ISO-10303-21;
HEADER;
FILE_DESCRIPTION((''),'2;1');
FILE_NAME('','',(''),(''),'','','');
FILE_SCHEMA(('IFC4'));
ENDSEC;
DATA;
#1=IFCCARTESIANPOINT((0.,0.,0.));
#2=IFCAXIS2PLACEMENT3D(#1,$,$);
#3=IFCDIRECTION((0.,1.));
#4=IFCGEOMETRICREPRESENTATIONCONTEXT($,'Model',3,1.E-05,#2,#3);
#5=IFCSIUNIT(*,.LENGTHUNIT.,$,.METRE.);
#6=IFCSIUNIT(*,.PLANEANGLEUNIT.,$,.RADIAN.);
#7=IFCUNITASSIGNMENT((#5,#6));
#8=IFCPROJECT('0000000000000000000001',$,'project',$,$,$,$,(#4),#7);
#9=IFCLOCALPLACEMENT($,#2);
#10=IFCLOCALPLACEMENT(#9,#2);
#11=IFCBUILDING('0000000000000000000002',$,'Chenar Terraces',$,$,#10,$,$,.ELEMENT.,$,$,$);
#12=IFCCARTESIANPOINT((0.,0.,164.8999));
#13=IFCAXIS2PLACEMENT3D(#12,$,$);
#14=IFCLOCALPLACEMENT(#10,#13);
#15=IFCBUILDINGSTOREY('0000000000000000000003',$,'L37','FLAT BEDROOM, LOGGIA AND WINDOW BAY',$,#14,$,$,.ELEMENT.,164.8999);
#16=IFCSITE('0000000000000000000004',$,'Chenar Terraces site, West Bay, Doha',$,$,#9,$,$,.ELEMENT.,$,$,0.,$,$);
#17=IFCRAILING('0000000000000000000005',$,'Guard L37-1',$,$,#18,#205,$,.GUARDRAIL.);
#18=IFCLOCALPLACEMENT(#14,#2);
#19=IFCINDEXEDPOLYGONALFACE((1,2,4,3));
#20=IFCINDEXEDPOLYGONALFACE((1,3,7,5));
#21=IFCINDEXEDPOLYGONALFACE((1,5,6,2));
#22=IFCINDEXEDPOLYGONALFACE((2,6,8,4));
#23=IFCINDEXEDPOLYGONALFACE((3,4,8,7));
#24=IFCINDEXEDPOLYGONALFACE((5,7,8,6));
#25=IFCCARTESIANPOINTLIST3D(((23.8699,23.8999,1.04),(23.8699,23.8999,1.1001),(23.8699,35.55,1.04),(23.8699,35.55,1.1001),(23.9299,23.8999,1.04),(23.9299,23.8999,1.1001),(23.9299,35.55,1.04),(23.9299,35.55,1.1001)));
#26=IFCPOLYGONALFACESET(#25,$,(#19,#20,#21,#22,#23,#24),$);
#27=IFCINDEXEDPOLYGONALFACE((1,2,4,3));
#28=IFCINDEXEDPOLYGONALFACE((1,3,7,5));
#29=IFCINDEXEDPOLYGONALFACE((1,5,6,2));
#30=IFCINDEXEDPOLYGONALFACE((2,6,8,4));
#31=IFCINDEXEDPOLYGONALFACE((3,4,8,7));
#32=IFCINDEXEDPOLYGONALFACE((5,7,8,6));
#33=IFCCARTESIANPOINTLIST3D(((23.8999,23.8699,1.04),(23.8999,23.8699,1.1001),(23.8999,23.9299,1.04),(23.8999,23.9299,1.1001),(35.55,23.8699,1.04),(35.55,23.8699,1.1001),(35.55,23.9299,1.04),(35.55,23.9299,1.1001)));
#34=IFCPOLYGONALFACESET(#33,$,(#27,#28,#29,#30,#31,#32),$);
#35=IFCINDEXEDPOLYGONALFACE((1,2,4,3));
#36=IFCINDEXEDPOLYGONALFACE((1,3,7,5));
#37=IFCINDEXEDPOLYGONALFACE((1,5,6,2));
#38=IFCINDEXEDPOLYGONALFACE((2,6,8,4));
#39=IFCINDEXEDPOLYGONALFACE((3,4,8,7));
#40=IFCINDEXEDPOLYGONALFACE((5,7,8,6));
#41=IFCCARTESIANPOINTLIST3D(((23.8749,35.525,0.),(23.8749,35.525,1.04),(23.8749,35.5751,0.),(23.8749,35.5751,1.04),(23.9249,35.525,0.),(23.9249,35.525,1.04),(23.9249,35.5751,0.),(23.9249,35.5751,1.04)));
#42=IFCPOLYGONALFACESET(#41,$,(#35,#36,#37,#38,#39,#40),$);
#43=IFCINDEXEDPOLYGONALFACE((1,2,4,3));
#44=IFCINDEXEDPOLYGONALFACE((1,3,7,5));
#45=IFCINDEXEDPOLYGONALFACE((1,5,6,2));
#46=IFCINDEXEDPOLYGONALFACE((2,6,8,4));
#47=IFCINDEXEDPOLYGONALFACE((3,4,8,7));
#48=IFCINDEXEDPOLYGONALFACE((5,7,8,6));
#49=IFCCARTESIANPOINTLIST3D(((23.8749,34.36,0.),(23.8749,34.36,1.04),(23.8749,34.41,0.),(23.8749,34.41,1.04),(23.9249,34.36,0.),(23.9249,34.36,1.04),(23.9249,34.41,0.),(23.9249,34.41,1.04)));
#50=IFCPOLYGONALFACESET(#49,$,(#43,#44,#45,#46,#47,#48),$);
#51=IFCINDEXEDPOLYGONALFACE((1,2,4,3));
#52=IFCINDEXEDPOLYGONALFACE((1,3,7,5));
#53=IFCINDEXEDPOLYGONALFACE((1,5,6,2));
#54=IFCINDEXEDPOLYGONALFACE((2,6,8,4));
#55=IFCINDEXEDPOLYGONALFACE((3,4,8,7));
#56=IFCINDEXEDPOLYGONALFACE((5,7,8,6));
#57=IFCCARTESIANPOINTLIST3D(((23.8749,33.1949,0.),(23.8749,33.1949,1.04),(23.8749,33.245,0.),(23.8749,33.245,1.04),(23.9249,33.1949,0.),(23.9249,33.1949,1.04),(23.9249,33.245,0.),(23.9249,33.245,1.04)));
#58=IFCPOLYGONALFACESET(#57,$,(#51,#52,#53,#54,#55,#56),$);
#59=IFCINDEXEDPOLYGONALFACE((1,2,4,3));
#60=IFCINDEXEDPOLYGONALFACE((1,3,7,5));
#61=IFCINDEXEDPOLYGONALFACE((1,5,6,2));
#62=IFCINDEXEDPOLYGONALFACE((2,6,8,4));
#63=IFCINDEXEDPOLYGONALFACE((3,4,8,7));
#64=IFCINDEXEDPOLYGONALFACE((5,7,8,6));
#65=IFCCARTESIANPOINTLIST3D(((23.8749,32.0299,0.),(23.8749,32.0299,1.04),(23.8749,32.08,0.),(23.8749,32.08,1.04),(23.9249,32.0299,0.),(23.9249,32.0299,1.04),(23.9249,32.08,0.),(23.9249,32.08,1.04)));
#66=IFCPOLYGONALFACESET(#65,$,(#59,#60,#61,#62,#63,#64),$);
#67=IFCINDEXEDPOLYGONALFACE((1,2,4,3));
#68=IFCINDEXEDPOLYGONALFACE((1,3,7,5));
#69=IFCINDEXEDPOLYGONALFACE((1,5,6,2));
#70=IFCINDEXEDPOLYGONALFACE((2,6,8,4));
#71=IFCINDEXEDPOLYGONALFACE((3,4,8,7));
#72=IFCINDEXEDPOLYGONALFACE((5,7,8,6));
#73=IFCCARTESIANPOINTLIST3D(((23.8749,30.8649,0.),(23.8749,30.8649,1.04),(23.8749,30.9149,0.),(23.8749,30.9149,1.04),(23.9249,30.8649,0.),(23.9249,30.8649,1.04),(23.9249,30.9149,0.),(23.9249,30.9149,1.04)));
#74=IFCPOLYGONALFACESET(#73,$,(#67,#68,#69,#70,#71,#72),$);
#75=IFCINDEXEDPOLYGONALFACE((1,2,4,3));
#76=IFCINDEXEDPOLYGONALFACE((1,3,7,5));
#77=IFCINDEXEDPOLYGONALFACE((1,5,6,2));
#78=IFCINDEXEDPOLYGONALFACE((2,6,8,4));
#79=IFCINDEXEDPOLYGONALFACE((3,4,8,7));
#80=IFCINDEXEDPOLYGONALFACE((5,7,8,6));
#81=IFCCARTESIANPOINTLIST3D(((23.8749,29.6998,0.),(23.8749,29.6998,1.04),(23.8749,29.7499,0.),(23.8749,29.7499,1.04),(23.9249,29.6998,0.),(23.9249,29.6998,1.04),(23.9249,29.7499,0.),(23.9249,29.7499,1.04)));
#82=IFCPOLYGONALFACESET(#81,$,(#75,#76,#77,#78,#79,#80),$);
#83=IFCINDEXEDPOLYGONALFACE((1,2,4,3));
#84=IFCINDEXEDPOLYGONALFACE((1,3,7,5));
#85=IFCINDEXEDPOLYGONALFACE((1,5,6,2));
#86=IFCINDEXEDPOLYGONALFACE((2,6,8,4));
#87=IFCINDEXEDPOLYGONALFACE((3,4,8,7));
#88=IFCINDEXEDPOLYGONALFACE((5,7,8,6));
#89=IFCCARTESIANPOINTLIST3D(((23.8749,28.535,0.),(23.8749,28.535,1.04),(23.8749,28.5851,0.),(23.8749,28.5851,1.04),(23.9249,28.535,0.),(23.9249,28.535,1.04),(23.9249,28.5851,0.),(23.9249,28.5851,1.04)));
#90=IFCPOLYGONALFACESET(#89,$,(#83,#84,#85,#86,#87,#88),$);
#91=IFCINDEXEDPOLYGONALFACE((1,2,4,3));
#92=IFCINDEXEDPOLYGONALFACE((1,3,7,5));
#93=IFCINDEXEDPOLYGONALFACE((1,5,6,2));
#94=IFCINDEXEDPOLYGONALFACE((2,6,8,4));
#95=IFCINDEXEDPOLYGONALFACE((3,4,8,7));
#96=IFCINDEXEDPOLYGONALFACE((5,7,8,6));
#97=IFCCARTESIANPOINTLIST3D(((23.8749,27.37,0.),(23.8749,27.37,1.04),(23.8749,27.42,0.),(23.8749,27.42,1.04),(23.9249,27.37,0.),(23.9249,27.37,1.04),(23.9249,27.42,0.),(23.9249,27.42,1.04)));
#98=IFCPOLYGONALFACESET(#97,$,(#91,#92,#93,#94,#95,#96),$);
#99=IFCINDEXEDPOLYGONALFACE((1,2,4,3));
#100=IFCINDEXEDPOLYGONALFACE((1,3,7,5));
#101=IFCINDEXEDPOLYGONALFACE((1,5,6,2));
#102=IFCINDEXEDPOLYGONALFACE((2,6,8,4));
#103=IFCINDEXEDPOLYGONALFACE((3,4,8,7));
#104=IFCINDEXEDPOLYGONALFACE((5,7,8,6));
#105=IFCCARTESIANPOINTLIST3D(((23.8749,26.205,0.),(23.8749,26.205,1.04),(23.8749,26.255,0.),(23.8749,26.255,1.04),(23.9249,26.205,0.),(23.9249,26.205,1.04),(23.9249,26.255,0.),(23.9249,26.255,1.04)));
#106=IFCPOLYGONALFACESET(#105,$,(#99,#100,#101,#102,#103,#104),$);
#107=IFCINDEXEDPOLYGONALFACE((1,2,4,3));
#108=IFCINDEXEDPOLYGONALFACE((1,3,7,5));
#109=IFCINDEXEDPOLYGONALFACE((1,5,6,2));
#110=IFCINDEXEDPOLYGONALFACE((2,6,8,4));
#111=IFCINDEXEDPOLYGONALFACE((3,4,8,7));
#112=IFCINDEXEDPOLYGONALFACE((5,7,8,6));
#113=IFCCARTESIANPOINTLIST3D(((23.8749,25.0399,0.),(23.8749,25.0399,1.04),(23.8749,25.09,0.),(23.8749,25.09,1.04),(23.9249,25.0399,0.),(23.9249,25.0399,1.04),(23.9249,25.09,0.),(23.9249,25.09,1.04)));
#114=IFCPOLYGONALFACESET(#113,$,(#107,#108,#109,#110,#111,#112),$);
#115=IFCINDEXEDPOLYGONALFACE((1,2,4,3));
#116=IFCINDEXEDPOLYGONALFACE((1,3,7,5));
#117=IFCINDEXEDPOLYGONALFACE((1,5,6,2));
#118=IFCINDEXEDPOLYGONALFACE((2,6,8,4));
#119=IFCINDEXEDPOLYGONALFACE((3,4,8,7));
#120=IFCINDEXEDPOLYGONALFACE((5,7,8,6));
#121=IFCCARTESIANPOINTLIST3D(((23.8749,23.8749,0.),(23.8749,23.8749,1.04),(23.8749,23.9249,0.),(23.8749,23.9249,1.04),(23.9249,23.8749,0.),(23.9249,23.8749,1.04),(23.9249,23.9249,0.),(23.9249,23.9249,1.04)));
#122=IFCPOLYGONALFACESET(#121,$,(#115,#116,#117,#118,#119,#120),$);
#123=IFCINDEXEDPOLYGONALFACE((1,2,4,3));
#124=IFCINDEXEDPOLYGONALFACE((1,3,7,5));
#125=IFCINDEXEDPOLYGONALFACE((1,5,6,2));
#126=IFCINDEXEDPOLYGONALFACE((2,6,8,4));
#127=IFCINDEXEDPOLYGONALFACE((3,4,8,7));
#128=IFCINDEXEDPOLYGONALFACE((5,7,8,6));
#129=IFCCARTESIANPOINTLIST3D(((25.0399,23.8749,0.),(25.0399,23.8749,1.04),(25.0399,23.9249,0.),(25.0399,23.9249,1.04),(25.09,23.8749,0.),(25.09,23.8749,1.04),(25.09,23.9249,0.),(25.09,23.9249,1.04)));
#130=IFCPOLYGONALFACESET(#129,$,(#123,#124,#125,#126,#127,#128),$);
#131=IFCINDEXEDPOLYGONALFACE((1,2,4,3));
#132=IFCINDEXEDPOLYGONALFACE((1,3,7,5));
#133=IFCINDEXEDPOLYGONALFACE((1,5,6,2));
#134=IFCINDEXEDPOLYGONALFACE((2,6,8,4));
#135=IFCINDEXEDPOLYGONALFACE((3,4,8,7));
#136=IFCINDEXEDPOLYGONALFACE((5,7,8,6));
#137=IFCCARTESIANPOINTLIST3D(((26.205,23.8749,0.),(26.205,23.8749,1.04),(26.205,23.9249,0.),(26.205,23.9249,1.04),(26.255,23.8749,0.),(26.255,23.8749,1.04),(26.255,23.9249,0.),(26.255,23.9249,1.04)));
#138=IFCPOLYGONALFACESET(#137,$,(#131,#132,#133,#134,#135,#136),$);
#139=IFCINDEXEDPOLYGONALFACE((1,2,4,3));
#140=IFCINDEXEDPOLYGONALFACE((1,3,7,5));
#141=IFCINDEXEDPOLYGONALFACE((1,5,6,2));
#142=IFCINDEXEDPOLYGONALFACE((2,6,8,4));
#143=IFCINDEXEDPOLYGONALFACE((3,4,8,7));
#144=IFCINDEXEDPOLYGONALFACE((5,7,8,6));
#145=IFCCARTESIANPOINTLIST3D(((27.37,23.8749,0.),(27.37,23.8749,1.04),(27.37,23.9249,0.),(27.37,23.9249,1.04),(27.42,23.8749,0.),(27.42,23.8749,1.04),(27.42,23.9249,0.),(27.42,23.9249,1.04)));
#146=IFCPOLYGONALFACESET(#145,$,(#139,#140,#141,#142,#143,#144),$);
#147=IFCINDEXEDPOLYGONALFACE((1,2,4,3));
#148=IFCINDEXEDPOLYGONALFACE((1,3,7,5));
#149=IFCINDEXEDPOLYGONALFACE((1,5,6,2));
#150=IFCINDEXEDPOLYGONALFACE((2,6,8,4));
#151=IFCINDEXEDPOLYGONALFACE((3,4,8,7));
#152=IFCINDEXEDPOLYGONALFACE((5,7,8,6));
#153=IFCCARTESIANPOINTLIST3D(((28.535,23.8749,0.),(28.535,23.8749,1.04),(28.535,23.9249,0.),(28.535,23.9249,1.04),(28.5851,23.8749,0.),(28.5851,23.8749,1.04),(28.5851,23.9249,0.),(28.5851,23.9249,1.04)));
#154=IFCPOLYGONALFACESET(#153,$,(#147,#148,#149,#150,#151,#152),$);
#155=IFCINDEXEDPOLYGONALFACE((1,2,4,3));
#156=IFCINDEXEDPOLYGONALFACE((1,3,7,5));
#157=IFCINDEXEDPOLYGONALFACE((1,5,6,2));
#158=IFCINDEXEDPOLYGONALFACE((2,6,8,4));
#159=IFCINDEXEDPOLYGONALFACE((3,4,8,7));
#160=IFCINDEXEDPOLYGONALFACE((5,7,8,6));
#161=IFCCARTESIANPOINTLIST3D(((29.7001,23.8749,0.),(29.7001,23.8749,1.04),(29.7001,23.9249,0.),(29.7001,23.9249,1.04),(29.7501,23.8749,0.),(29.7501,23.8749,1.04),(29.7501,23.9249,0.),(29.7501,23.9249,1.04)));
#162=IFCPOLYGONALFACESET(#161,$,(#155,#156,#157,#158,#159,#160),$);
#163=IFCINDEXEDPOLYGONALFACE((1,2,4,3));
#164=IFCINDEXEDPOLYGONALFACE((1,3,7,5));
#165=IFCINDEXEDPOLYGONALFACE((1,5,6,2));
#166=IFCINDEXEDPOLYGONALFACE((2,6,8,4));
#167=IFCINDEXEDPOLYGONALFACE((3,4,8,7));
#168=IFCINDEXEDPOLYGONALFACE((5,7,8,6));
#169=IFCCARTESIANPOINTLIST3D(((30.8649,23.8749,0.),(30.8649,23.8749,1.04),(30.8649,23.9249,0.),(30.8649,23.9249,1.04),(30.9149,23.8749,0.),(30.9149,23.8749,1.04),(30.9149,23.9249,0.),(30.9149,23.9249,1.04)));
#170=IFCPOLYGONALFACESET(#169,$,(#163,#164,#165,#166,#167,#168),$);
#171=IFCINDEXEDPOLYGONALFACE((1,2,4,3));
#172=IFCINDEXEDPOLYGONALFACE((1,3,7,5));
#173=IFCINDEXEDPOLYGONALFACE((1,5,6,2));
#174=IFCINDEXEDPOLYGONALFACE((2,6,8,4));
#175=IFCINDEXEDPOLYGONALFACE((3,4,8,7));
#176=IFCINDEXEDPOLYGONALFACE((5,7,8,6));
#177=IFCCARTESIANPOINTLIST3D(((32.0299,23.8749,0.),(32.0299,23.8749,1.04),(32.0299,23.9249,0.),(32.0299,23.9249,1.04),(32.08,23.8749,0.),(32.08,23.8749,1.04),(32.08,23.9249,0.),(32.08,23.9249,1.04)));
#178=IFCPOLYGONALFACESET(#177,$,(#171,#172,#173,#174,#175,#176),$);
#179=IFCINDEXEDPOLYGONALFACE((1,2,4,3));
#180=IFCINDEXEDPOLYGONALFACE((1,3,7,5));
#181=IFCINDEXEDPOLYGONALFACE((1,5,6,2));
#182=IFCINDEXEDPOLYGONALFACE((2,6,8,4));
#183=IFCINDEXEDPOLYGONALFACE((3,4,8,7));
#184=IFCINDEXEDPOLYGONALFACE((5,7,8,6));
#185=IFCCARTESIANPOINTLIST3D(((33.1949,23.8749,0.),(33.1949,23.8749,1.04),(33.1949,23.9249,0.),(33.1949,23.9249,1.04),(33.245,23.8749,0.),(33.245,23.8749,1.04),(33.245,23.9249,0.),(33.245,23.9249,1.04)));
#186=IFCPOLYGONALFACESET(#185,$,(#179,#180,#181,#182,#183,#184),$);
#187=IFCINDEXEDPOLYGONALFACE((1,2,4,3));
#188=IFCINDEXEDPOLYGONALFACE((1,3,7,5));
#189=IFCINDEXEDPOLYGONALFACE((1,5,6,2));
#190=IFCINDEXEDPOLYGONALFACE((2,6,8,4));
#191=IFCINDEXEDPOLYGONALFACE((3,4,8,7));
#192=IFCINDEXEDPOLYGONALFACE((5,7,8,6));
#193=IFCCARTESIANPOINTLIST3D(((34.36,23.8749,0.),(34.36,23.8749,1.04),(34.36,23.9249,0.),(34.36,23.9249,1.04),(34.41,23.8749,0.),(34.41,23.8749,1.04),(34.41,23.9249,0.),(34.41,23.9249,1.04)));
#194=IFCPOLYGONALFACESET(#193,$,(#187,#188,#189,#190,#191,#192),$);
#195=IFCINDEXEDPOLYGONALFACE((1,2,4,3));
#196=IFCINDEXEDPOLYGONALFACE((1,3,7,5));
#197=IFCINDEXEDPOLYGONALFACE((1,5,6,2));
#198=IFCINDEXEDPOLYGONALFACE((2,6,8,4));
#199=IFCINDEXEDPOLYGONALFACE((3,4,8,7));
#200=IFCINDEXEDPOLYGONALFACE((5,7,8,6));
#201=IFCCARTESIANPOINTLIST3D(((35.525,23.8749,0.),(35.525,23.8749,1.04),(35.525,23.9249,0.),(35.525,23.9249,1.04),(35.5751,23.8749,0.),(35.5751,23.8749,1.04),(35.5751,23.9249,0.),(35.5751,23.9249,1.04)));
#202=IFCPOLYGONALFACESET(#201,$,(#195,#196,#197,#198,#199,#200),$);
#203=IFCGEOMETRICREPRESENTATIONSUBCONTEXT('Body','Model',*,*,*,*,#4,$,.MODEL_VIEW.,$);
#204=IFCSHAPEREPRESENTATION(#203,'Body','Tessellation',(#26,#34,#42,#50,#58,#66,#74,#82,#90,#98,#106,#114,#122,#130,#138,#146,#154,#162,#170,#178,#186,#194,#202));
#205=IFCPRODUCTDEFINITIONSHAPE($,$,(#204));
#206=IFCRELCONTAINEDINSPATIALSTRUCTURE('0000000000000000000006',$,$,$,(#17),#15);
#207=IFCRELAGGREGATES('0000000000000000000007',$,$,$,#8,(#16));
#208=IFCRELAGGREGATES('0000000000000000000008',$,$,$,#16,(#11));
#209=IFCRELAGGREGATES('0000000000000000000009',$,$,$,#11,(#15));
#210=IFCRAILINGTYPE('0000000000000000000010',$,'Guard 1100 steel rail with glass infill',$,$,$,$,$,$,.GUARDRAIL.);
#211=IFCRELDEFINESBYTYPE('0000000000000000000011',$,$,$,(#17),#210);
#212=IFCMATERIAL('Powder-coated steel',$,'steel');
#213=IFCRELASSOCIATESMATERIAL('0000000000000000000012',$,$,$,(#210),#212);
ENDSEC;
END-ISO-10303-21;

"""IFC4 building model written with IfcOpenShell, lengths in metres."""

from ifc_helpers import new_model, si_unit, direction, frame, origin, origin_2d, place, context, subcontext, project, spatial, rectangle, extrude, material, type_object, element, save


model = new_model("IFC4")

# Units and contexts
model_context = context("Model", 3, precision=1e-05, world=origin(), true_north=direction((0.0, 1.0)))
body_context = subcontext(model_context, "Body", "Model", "MODEL_VIEW")
ifc_project = project(units=[si_unit("LENGTHUNIT", "METRE"), si_unit("PLANEANGLEUNIT", "RADIAN")], contexts=[model_context])

# Site, building, storey
site_placement = place(None, origin())
site = spatial("IfcSite", under=ifc_project, at=site_placement, Name="Chenar Terraces site, West Bay, Doha", CompositionType="ELEMENT", RefElevation=0.0)
building_placement = place(site_placement, origin())
building = spatial("IfcBuilding", under=site, at=building_placement, Name="Chenar Terraces", CompositionType="ELEMENT")
storey_placement = place(building_placement, frame((0.0, 0.0, 164.8999)))
storey = spatial("IfcBuildingStorey", under=building, at=storey_placement, Name="L37", Description="FLAT BEDROOM, LOGGIA AND WINDOW BAY", CompositionType="ELEMENT", Elevation=164.8999)

# Railing
ifc_material_1 = material(Name="Powder-coated steel", Category="steel")
railing_type = type_object("IfcRailingType", Name="Guard 1100 steel rail with glass infill", PredefinedType="GUARDRAIL", material=ifc_material_1)
railing_placement = place(storey_placement, frame((23.8999, 35.55, 0.0)))
element("IfcRailing", 1, at=railing_placement, inside=storey, type_object=railing_type, Name="Guard L37-1", PredefinedType="GUARDRAIL", context=body_context, shape_type="SweptSolid", body=[
    extrude(rectangle(XDim=0.0601, YDim=0.0601, at=origin_2d()), frame((0.0, 0.0, 1.0701), z_axis=(0.0, -1.0, 0.0), x_axis=(1.0, 0.0, 0.0)), (0.0, 0.0, 1.0), 11.6501),
    extrude(rectangle(XDim=0.0601, YDim=0.0601, at=origin_2d()), frame((0.0, -11.6501, 1.0701), z_axis=(1.0, 0.0, 0.0), x_axis=(0.0, 1.0, 0.0)), (0.0, 0.0, 1.0), 11.6501),
    extrude(rectangle(XDim=0.05, YDim=0.05, at=origin_2d()), origin(), (0.0, 0.0, 1.0), 1.04),
    extrude(rectangle(XDim=0.05, YDim=0.05, at=origin_2d()), frame((0.0, -1.165, 0.0)), (0.0, 0.0, 1.0), 1.04),
    extrude(rectangle(XDim=0.05, YDim=0.05, at=origin_2d()), frame((0.0, -2.3301, 0.0)), (0.0, 0.0, 1.0), 1.04),
    extrude(rectangle(XDim=0.05, YDim=0.05, at=origin_2d()), frame((0.0, -3.4951, 0.0)), (0.0, 0.0, 1.0), 1.04),
    extrude(rectangle(XDim=0.05, YDim=0.05, at=origin_2d()), frame((0.0, -4.6602, 0.0)), (0.0, 0.0, 1.0), 1.04),
    extrude(rectangle(XDim=0.05, YDim=0.05, at=origin_2d()), frame((0.0, -5.8252, 0.0)), (0.0, 0.0, 1.0), 1.04),
    extrude(rectangle(XDim=0.05, YDim=0.05, at=origin_2d()), frame((0.0, -6.99, 0.0)), (0.0, 0.0, 1.0), 1.04),
    extrude(rectangle(XDim=0.05, YDim=0.05, at=origin_2d()), frame((0.0, -8.155, 0.0)), (0.0, 0.0, 1.0), 1.04),
    extrude(rectangle(XDim=0.05, YDim=0.05, at=origin_2d()), frame((0.0, -9.3201, 0.0)), (0.0, 0.0, 1.0), 1.04),
    extrude(rectangle(XDim=0.05, YDim=0.05, at=origin_2d()), frame((0.0, -10.4851, 0.0)), (0.0, 0.0, 1.0), 1.04),
    extrude(rectangle(XDim=0.05, YDim=0.05, at=origin_2d()), frame((0.0, -11.6501, 0.0)), (0.0, 0.0, 1.0), 1.04),
    extrude(rectangle(XDim=0.05, YDim=0.05, at=origin_2d()), frame((1.165, -11.6501, 0.0)), (0.0, 0.0, 1.0), 1.04),
    extrude(rectangle(XDim=0.05, YDim=0.05, at=origin_2d()), frame((2.3301, -11.6501, 0.0)), (0.0, 0.0, 1.0), 1.04),
    extrude(rectangle(XDim=0.05, YDim=0.05, at=origin_2d()), frame((3.4951, -11.6501, 0.0)), (0.0, 0.0, 1.0), 1.04),
    extrude(rectangle(XDim=0.05, YDim=0.05, at=origin_2d()), frame((4.6602, -11.6501, 0.0)), (0.0, 0.0, 1.0), 1.04),
    extrude(rectangle(XDim=0.05, YDim=0.05, at=origin_2d()), frame((5.8252, -11.6501, 0.0)), (0.0, 0.0, 1.0), 1.04),
    extrude(rectangle(XDim=0.05, YDim=0.05, at=origin_2d()), frame((6.99, -11.6501, 0.0)), (0.0, 0.0, 1.0), 1.04),
    extrude(rectangle(XDim=0.05, YDim=0.05, at=origin_2d()), frame((8.155, -11.6501, 0.0)), (0.0, 0.0, 1.0), 1.04),
    extrude(rectangle(XDim=0.05, YDim=0.05, at=origin_2d()), frame((9.3201, -11.6501, 0.0)), (0.0, 0.0, 1.0), 1.04),
    extrude(rectangle(XDim=0.05, YDim=0.05, at=origin_2d()), frame((10.4851, -11.6501, 0.0)), (0.0, 0.0, 1.0), 1.04),
    extrude(rectangle(XDim=0.05, YDim=0.05, at=origin_2d()), frame((11.6501, -11.6501, 0.0)), (0.0, 0.0, 1.0), 1.04),
])

save(model, "model.ifc")
